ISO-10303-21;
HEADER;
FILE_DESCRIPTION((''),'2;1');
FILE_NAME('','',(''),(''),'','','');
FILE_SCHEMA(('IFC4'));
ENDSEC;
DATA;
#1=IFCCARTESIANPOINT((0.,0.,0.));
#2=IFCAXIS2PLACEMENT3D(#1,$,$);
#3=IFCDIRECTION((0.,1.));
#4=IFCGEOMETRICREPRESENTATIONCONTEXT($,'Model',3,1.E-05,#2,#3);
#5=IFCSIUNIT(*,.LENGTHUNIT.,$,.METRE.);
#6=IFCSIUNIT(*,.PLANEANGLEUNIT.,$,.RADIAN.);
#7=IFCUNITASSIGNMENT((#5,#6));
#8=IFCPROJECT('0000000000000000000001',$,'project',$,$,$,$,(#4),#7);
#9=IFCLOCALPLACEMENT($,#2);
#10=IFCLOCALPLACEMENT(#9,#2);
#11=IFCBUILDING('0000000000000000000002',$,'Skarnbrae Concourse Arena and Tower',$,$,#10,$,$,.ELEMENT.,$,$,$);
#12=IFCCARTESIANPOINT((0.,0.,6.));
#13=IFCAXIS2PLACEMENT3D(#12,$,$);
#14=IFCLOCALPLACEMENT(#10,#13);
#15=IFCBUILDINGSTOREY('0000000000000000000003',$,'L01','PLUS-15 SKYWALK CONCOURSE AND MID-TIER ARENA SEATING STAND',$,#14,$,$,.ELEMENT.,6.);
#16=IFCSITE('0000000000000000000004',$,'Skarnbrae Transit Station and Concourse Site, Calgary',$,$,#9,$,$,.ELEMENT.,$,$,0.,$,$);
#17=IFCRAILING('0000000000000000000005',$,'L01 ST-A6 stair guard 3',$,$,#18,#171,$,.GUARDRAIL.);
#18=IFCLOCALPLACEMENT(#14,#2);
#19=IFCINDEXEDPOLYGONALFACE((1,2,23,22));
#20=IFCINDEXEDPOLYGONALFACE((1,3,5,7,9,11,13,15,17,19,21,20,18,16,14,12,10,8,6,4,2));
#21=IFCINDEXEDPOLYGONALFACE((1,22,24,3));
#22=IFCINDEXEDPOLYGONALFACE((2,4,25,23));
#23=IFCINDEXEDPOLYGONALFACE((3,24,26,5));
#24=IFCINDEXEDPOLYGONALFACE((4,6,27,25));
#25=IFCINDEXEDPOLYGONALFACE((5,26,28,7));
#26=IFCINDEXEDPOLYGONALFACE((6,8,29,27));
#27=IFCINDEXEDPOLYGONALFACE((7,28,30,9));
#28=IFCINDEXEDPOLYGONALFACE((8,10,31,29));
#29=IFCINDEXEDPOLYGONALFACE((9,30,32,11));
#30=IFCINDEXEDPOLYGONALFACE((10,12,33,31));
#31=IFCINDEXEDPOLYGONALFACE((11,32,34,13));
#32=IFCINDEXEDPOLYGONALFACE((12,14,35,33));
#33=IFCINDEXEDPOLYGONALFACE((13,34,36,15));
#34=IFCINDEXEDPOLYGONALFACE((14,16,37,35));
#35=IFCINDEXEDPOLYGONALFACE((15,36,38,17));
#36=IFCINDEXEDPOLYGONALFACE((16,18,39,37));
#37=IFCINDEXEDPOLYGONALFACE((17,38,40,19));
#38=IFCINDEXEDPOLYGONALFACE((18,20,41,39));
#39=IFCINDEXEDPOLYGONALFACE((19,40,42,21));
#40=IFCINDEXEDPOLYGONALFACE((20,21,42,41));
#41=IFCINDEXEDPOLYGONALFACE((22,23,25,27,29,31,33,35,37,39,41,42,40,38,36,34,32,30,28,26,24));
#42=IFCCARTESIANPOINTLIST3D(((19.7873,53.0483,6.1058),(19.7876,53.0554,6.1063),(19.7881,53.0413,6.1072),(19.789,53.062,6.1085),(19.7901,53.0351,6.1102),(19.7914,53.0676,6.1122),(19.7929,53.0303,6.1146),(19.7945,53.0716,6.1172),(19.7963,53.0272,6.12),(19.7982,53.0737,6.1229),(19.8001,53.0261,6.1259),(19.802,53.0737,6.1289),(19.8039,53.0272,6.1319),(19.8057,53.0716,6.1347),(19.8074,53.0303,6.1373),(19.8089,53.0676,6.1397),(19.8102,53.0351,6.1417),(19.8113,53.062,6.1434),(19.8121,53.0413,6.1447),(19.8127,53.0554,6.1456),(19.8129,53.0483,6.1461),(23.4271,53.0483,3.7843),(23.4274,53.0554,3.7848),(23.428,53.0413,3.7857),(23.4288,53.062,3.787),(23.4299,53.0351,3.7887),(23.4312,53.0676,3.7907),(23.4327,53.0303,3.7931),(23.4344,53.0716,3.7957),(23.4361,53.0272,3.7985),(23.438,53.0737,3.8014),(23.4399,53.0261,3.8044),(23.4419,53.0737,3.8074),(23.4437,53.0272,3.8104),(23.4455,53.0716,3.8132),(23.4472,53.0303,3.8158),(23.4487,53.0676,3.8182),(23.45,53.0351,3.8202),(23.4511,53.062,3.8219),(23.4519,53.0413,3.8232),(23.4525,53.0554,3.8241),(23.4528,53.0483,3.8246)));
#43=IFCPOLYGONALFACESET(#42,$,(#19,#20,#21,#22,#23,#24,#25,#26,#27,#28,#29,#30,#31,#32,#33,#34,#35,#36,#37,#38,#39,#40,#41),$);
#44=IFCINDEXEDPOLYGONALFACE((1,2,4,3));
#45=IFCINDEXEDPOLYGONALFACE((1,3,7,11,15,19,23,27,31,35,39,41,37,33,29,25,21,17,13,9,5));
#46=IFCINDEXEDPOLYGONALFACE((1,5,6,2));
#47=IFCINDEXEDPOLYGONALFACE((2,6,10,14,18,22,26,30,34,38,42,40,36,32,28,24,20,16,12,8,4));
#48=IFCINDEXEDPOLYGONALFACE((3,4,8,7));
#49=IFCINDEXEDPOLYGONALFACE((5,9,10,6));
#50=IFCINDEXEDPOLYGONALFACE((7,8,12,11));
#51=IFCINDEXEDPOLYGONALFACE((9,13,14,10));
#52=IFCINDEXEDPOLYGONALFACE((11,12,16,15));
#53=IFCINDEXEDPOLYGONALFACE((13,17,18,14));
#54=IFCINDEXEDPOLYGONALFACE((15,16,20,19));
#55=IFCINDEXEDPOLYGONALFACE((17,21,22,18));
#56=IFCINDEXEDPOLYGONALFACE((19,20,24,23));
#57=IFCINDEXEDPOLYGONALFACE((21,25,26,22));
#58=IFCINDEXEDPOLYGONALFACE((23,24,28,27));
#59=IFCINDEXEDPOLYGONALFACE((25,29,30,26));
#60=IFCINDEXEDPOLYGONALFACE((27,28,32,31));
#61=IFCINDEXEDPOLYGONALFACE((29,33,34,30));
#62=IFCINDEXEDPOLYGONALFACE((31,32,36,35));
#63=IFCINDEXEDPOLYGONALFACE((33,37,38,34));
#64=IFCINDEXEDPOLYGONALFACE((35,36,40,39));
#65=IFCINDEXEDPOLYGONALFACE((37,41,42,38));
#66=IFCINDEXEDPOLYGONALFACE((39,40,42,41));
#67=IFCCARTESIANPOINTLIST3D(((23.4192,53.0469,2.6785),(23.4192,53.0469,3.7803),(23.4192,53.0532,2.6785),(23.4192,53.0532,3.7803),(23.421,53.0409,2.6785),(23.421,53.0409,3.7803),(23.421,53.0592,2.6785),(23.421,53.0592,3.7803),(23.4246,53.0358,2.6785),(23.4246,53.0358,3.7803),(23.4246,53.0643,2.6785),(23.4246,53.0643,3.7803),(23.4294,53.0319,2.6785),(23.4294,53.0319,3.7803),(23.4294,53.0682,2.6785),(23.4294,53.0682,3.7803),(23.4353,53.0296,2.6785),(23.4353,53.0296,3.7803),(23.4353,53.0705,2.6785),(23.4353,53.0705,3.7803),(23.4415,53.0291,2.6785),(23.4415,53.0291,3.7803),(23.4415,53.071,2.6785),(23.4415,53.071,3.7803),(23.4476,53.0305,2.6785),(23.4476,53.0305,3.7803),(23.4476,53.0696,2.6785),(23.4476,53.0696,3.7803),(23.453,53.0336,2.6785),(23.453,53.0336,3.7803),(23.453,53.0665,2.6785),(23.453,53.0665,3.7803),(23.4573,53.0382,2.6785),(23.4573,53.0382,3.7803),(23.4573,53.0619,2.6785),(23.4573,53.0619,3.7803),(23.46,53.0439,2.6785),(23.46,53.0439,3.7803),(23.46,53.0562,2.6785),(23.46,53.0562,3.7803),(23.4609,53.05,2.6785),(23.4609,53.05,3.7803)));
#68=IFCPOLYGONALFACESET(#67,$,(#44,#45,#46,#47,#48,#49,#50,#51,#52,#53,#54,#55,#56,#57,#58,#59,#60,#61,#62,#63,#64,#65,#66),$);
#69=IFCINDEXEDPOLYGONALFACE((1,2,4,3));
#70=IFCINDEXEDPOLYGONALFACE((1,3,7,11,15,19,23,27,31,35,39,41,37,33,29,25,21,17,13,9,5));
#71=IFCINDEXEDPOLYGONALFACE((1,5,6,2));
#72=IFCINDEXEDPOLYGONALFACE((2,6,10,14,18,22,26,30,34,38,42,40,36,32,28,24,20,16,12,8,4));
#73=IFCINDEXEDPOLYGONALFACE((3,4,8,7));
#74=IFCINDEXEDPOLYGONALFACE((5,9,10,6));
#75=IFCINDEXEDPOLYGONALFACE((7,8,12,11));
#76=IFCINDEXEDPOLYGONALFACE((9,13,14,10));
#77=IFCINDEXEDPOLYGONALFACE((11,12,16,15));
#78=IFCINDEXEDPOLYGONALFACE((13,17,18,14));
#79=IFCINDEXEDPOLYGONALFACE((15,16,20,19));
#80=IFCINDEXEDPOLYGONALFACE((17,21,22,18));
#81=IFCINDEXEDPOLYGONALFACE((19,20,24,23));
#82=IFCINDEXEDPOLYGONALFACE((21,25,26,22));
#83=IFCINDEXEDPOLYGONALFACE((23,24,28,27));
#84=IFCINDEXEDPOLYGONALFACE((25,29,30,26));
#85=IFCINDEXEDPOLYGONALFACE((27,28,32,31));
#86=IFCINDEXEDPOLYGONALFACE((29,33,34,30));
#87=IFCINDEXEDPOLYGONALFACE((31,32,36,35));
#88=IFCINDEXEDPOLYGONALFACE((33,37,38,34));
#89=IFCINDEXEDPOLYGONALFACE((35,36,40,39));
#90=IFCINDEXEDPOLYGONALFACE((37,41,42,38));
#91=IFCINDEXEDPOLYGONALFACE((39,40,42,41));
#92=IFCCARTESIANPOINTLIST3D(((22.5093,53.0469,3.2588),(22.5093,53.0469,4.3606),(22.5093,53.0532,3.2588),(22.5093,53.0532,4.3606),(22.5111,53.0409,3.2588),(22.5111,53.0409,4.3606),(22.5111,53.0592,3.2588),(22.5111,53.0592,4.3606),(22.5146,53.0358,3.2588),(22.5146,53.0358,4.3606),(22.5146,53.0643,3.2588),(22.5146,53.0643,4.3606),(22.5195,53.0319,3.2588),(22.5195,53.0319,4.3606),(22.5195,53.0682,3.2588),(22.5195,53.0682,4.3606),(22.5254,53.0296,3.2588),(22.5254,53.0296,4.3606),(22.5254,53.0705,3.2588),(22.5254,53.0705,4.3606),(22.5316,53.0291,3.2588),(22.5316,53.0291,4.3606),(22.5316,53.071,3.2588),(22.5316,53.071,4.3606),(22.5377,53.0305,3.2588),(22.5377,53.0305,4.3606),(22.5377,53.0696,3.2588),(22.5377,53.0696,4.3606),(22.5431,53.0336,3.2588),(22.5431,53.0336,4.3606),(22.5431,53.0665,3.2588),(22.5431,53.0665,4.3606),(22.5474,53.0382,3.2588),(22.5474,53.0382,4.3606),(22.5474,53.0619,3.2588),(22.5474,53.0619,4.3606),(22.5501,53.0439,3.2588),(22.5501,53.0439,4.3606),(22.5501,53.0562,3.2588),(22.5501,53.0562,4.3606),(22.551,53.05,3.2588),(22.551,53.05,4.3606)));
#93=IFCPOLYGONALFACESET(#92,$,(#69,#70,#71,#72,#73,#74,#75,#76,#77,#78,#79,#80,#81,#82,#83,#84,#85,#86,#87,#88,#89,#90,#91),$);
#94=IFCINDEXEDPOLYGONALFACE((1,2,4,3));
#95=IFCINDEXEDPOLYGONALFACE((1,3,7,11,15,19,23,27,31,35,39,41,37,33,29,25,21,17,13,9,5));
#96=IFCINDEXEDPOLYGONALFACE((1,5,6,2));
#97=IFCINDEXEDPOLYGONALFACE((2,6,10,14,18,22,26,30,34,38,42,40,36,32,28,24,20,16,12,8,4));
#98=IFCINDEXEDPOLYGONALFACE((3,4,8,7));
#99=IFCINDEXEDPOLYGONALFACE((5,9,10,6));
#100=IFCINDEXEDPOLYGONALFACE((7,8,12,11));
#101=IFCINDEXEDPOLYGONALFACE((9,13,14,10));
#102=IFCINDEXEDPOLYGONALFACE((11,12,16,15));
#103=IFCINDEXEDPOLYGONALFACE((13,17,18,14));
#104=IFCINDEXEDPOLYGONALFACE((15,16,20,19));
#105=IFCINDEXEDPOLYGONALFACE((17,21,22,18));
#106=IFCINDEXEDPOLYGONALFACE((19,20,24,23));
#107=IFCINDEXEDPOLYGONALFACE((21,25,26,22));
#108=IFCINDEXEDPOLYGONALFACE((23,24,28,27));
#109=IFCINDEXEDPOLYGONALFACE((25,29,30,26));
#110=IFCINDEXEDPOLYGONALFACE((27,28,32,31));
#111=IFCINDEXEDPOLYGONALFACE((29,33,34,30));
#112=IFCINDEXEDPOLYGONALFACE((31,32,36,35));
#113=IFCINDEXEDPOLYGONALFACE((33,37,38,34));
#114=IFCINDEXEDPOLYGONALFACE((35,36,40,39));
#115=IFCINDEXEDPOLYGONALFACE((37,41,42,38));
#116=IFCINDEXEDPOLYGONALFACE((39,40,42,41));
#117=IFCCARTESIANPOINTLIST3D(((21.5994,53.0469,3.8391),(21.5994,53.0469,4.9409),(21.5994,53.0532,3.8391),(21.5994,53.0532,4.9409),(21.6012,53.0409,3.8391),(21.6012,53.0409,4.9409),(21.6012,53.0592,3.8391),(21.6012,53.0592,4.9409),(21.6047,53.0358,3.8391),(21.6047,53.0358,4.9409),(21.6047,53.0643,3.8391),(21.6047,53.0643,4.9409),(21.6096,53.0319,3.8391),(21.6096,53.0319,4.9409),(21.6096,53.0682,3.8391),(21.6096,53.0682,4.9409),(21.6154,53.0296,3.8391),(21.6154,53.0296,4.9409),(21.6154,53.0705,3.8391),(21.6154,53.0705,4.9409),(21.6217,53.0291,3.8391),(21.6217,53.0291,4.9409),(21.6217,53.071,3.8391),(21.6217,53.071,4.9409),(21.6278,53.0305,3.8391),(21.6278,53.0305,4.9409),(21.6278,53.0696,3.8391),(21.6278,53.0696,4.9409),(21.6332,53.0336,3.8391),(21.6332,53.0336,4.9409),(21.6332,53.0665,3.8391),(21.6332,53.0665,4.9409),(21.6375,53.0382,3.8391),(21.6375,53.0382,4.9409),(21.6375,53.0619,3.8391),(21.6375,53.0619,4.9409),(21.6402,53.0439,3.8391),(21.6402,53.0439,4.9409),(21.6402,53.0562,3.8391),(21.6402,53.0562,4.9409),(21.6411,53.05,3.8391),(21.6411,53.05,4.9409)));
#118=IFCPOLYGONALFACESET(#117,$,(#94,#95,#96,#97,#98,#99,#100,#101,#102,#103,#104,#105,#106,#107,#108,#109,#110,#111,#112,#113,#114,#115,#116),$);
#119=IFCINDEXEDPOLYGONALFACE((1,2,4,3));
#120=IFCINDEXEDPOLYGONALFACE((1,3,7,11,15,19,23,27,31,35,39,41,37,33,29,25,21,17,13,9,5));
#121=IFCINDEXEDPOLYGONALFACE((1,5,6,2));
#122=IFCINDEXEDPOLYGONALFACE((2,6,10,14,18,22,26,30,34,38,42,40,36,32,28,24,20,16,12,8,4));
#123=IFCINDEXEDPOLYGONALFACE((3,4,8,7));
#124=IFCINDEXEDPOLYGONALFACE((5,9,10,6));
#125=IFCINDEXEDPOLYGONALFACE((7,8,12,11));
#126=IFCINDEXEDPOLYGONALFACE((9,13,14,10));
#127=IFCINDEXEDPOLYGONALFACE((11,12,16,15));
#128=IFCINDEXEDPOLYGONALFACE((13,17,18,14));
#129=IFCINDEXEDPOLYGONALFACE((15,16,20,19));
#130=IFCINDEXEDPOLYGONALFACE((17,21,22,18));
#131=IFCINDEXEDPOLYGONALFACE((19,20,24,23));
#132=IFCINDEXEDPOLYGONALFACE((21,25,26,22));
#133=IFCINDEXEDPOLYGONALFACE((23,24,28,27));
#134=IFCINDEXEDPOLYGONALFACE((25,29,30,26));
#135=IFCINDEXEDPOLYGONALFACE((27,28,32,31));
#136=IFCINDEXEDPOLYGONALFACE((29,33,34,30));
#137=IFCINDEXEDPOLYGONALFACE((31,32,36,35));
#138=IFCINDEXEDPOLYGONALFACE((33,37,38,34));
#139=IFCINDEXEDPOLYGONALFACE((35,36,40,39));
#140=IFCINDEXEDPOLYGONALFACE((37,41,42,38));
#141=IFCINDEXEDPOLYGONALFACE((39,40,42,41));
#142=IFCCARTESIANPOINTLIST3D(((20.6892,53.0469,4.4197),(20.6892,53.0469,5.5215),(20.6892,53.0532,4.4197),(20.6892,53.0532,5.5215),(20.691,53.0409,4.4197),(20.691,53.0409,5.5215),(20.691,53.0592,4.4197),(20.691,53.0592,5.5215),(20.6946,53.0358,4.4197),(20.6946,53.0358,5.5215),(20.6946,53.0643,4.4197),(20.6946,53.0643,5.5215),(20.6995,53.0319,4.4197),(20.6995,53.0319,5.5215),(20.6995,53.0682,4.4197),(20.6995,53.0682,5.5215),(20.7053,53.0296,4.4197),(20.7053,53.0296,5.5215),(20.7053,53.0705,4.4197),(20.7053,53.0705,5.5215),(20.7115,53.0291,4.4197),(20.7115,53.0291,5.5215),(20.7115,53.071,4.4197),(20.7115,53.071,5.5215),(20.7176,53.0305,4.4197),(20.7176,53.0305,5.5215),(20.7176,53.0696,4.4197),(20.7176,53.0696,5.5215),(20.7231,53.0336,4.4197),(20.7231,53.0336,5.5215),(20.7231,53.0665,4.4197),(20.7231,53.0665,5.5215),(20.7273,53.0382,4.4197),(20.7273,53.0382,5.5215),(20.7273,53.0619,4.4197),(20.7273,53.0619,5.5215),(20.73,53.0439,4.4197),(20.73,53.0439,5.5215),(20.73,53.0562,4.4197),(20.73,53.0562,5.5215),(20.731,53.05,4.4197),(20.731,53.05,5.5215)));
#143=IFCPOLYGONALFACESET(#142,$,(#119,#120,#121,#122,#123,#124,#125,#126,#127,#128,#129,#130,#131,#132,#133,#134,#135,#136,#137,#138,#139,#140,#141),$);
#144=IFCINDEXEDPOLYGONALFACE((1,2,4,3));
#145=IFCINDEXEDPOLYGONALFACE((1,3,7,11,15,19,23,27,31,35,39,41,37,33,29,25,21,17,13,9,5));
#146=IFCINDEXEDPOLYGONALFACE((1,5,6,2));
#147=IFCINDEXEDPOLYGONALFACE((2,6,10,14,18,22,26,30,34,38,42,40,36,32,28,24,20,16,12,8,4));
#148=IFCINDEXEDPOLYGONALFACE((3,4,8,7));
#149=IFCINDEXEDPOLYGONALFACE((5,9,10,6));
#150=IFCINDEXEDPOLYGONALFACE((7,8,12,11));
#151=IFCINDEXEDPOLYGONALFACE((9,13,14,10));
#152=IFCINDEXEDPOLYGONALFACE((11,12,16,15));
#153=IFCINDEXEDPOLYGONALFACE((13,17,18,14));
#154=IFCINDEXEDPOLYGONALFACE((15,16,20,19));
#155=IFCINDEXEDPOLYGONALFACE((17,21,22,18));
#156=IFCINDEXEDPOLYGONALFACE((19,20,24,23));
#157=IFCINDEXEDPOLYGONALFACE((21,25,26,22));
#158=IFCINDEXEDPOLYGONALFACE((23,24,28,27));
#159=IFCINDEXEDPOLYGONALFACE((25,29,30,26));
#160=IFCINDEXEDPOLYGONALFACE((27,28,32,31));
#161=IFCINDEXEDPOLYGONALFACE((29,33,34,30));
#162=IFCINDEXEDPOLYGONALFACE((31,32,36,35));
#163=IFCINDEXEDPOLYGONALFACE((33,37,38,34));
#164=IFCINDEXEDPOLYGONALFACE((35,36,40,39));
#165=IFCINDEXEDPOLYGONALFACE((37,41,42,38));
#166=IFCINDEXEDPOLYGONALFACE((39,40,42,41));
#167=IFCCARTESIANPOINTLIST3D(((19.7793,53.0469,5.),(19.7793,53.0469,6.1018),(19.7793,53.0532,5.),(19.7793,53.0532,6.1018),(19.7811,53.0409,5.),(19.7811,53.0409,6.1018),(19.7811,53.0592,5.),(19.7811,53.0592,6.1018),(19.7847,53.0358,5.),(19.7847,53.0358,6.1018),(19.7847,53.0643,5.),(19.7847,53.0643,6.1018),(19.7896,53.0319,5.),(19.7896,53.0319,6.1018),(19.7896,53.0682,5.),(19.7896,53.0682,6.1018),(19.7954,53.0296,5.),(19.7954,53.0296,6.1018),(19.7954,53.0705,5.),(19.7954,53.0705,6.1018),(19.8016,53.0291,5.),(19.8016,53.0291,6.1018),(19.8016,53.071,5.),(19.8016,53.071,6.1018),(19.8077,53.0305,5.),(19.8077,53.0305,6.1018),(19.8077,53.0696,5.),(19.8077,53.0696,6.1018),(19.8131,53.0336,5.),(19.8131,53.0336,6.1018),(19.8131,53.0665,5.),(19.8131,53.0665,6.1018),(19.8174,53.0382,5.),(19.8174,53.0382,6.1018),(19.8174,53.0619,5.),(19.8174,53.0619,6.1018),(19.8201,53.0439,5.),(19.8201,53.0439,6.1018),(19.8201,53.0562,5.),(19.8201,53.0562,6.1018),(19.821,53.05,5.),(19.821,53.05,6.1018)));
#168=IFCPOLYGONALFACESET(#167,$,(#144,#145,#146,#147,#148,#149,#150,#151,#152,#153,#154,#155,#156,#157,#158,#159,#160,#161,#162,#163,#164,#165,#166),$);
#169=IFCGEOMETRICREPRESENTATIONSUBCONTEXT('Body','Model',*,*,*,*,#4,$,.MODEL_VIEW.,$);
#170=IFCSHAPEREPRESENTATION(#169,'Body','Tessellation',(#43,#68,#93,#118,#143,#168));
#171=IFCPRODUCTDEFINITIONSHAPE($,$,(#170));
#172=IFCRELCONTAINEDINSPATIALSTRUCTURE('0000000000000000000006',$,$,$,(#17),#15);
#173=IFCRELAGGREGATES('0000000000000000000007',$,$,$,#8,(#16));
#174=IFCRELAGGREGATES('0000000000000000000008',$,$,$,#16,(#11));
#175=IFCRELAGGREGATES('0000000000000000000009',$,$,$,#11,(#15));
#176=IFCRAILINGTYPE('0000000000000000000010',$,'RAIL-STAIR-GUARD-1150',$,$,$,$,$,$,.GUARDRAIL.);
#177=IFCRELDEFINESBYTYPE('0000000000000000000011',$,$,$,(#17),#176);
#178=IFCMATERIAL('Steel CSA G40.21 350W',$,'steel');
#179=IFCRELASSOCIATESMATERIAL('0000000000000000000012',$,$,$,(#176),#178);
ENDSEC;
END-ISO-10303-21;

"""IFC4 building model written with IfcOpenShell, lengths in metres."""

from ifc_helpers import new_model, si_unit, direction, frame, origin, origin_2d, place, context, subcontext, project, spatial, circle, extrude, material, type_object, element, save


model = new_model("IFC4")

# Units and contexts
model_context = context("Model", 3, precision=1e-05, world=origin(), true_north=direction((0.0, 1.0)))
body_context = subcontext(model_context, "Body", "Model", "MODEL_VIEW")
ifc_project = project(units=[si_unit("LENGTHUNIT", "METRE"), si_unit("PLANEANGLEUNIT", "RADIAN")], contexts=[model_context])

# Site, building, storey
site_placement = place(None, origin())
site = spatial("IfcSite", under=ifc_project, at=site_placement, Name="Skarnbrae Transit Station and Concourse Site, Calgary", CompositionType="ELEMENT", RefElevation=0.0)
building_placement = place(site_placement, origin())
building = spatial("IfcBuilding", under=site, at=building_placement, Name="Skarnbrae Concourse Arena and Tower", CompositionType="ELEMENT")
storey_placement = place(building_placement, frame((0.0, 0.0, 6.0)))
storey = spatial("IfcBuildingStorey", under=building, at=storey_placement, Name="L01", Description="PLUS-15 SKYWALK CONCOURSE AND MID-TIER ARENA SEATING STAND", CompositionType="ELEMENT", Elevation=6.0)

# Shared definitions
ifc_material_1 = material(Name="Steel CSA G40.21 350W", Category="steel")

# Railing
railing_type_1 = type_object("IfcRailingType", Name="RAIL-STAIR-GUARD-1150", PredefinedType="GUARDRAIL", material=ifc_material_1)
railing_1_placement = place(storey_placement, frame((23.4399, 53.05, 2.6785)))
element("IfcRailing", 1, at=railing_1_placement, inside=storey, type_object=railing_type_1, Name="L01 ST-A6 stair guard 3", PredefinedType="GUARDRAIL", context=body_context, shape_type="SweptSolid", body=[
    extrude(circle(Radius=0.0239, at=origin_2d()), frame((0.0, 0.0, 1.126), z_axis=(-0.843112, 0.0, 0.537739), x_axis=(0.0, -1.0, 0.0)), (0.0, 0.0, 1.0), 4.3171),
    extrude(circle(Radius=0.021, at=origin_2d()), origin(), (0.0, 0.0, 1.0), 1.1018),
    extrude(circle(Radius=0.021, at=origin_2d()), frame((-0.9099, 0.0, 0.5803)), (0.0, 0.0, 1.0), 1.1018),
    extrude(circle(Radius=0.021, at=origin_2d()), frame((-1.8198, 0.0, 1.1606)), (0.0, 0.0, 1.0), 1.1018),
    extrude(circle(Radius=0.021, at=origin_2d()), frame((-2.73, 0.0, 1.7412)), (0.0, 0.0, 1.0), 1.1018),
    extrude(circle(Radius=0.021, at=origin_2d()), frame((-3.6399, 0.0, 2.3215)), (0.0, 0.0, 1.0), 1.1018),
])

save(model, "model.ifc")
